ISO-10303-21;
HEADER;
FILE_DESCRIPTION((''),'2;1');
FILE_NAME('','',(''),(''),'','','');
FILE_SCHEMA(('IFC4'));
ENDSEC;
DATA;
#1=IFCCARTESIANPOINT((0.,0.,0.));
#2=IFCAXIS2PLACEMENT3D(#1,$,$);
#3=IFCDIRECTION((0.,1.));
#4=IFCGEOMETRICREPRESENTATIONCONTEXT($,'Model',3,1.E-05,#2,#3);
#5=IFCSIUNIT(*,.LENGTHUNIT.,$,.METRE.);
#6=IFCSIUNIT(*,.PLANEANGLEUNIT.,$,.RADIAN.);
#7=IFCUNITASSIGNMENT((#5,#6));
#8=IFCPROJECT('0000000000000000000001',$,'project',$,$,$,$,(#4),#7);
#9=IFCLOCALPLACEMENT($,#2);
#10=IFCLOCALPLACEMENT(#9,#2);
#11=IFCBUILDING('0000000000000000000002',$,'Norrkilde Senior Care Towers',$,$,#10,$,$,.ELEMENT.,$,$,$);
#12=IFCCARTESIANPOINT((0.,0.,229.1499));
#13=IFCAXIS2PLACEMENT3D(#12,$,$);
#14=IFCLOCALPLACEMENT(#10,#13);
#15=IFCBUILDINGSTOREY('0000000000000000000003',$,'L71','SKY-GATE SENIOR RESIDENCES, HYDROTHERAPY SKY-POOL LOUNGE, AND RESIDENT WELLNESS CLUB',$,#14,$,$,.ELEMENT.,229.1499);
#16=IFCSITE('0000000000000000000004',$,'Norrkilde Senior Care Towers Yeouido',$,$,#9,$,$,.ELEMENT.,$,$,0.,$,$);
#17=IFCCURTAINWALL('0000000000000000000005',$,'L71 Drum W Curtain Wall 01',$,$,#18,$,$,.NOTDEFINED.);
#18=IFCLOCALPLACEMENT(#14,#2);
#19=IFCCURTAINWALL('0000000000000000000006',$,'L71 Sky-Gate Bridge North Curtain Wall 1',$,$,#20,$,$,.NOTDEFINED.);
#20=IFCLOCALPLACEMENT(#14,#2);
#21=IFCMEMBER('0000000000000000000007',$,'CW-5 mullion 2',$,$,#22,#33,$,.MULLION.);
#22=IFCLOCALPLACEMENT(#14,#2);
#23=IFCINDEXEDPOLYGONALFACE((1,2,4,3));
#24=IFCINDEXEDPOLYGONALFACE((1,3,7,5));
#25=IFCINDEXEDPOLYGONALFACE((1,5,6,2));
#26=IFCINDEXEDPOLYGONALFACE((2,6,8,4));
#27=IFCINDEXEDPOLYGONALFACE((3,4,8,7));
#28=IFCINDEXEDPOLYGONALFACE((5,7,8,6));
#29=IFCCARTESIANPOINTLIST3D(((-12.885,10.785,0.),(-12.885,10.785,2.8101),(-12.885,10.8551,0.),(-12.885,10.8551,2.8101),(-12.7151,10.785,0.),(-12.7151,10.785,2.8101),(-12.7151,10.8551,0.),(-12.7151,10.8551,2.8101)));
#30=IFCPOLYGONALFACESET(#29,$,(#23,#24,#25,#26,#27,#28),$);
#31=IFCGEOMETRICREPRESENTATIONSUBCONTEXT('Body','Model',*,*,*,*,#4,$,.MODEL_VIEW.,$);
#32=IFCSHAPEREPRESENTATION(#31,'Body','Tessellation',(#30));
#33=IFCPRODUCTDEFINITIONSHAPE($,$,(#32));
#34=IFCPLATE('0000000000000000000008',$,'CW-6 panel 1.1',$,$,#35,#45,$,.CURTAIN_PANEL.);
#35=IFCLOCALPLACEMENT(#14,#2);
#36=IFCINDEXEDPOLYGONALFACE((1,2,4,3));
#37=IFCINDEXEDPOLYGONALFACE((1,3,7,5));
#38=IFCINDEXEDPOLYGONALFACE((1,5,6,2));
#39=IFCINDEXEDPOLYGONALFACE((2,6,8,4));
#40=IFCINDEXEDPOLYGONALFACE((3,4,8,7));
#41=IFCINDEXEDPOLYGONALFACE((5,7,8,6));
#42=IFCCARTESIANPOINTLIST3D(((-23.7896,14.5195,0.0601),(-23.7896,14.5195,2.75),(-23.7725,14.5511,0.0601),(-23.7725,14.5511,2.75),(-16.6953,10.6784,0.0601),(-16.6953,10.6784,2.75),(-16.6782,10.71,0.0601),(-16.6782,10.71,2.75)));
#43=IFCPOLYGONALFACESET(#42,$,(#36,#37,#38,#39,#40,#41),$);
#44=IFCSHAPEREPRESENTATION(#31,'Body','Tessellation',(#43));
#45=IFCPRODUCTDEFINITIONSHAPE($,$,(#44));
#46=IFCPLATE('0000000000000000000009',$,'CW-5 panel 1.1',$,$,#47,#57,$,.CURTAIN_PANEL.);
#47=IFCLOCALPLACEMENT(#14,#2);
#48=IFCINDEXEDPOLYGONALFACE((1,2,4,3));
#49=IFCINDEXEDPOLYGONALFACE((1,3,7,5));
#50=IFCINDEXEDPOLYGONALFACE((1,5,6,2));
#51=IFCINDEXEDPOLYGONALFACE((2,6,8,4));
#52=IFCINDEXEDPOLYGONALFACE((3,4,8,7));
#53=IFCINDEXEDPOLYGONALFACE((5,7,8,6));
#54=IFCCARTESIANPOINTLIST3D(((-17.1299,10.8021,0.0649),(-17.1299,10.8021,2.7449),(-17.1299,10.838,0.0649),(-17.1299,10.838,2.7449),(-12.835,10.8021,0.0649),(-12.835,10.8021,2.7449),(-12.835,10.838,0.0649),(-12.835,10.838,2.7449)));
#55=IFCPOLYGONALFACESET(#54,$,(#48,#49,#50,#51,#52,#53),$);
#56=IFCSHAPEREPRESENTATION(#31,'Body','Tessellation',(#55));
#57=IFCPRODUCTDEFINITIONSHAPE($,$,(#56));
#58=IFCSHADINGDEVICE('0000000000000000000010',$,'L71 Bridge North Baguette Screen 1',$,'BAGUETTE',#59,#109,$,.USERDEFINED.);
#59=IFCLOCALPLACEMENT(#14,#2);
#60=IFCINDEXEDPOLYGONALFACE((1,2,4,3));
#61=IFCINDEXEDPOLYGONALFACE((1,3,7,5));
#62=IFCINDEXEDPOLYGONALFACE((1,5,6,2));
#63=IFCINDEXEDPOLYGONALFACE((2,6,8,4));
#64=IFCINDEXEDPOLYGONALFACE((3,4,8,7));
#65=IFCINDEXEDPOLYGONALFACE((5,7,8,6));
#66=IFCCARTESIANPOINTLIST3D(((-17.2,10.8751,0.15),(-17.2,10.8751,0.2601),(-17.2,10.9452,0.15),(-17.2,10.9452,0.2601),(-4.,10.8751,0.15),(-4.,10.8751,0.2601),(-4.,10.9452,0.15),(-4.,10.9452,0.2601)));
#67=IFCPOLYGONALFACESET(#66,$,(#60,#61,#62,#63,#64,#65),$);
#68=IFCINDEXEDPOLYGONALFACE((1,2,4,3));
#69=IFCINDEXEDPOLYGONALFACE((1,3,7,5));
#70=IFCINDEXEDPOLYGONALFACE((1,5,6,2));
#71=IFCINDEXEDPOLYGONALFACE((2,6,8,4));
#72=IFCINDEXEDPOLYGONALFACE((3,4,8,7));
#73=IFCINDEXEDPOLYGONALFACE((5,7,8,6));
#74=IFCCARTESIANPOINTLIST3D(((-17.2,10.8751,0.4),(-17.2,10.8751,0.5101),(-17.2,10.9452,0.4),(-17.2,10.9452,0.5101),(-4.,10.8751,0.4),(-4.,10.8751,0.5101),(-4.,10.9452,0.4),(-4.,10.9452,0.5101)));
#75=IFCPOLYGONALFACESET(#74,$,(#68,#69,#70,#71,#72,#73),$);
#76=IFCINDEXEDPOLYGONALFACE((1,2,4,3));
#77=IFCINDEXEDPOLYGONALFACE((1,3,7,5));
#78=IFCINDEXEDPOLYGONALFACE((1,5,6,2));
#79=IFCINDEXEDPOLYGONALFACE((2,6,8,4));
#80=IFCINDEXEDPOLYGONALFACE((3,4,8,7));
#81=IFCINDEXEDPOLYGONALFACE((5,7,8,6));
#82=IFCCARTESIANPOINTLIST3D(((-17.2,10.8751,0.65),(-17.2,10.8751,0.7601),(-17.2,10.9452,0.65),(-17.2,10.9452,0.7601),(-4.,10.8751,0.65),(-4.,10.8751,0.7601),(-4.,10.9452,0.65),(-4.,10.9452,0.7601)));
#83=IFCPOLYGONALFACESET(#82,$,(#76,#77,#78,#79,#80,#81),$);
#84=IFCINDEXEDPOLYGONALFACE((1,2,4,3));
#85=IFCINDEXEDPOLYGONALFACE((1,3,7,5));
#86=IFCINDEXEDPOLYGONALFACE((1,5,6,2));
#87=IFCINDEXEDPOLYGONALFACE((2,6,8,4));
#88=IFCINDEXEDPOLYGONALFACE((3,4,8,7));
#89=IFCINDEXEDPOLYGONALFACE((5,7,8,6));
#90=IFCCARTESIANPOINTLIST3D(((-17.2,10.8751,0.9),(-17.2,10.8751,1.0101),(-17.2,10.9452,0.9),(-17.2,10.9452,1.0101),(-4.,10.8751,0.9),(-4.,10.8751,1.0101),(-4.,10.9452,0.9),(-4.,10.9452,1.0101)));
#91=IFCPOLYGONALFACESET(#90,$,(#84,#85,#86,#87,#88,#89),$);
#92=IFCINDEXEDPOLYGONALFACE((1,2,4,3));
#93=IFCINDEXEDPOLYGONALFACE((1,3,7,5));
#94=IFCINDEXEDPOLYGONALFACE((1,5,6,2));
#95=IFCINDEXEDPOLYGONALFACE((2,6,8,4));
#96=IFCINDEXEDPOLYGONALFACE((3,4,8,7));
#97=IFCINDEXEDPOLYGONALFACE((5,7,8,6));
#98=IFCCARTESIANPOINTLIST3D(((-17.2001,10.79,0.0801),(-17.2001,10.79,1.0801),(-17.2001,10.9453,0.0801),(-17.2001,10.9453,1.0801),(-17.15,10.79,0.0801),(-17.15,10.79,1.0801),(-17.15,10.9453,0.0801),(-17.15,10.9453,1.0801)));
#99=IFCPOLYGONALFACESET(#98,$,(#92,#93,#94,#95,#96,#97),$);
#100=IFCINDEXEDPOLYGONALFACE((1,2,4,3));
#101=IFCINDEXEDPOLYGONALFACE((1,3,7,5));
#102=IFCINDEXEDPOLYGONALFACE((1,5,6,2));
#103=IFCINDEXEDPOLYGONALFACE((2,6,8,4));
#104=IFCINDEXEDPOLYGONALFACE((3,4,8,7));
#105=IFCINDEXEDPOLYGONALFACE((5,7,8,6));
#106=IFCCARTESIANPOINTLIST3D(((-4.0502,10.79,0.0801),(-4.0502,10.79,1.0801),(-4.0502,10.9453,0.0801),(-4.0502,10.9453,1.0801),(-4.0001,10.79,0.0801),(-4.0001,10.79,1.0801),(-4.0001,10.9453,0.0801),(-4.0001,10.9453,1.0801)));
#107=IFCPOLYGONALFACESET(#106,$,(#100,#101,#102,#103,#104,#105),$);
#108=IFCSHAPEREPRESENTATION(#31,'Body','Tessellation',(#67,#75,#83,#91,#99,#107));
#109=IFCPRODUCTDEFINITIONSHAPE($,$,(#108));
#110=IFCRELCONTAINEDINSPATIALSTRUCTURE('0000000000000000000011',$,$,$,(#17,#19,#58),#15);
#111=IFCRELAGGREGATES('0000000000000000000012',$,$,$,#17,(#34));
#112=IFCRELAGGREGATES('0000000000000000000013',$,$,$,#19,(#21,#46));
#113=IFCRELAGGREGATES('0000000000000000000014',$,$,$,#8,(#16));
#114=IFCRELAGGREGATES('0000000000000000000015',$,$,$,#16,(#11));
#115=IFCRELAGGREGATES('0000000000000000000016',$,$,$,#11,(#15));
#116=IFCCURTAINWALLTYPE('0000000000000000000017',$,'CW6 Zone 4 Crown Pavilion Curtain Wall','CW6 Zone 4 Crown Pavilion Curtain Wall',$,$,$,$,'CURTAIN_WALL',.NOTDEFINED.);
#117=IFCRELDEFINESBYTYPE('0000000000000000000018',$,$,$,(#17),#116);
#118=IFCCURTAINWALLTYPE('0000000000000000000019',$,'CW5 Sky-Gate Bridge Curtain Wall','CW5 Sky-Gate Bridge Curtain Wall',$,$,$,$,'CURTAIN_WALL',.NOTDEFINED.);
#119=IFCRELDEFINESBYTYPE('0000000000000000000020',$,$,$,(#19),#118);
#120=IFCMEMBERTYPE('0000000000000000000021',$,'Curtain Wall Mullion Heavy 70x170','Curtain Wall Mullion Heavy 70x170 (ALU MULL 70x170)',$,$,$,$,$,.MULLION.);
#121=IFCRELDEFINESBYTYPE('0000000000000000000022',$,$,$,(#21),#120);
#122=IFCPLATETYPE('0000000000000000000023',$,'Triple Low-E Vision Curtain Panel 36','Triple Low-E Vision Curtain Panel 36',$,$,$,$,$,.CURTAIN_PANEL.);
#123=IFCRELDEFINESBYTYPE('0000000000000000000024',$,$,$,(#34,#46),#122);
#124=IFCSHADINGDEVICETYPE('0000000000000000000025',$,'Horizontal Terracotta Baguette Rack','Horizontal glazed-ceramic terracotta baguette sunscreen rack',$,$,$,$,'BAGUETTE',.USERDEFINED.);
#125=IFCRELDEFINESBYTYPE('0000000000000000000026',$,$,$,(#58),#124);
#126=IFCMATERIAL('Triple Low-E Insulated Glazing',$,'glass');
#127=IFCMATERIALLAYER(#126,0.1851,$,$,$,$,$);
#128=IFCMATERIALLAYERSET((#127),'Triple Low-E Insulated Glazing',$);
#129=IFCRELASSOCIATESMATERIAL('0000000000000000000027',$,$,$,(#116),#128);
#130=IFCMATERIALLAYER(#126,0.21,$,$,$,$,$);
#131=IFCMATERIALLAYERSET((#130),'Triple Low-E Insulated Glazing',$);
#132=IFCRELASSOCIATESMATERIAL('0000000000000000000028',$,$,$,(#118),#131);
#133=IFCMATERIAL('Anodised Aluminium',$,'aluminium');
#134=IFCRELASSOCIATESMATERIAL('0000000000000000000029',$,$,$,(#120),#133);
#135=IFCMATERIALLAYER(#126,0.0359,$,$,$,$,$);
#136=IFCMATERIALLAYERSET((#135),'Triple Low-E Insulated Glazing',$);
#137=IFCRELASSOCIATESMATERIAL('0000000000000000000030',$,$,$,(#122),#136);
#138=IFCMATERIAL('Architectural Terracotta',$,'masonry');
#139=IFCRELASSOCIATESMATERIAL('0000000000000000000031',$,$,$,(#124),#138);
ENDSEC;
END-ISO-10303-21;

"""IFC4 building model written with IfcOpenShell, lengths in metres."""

from ifc_helpers import new_model, si_unit, direction, frame, origin, origin_2d, place, context, subcontext, project, spatial, rectangle, extrude, source, transform, mapped, material, layer, layer_set, material_profile, profile_set, type_object, type_shapes, element, aggregate, save


model = new_model("IFC4")

# Units and contexts
model_context = context("Model", 3, precision=1e-05, world=origin(), true_north=direction((0.0, 1.0)))
body_context = subcontext(model_context, "Body", "Model", "MODEL_VIEW")
ifc_project = project(units=[si_unit("LENGTHUNIT", "METRE"), si_unit("PLANEANGLEUNIT", "RADIAN")], contexts=[model_context])

# Site, building, storey
site_placement = place(None, origin())
site = spatial("IfcSite", under=ifc_project, at=site_placement, Name="Norrkilde Senior Care Towers Yeouido", CompositionType="ELEMENT", RefElevation=0.0)
building_placement = place(site_placement, origin())
building = spatial("IfcBuilding", under=site, at=building_placement, Name="Norrkilde Senior Care Towers", CompositionType="ELEMENT")
storey_placement = place(building_placement, frame((0.0, 0.0, 229.1499)))
storey = spatial("IfcBuildingStorey", under=building, at=storey_placement, Name="L71", Description="SKY-GATE SENIOR RESIDENCES, HYDROTHERAPY SKY-POOL LOUNGE, AND RESIDENT WELLNESS CLUB", CompositionType="ELEMENT", Elevation=229.1499)

# Curtain walls, member
ifc_material_1 = material(Name="Triple Low-E Insulated Glazing", Category="glass")
ifc_layer_1 = layer(ifc_material_1, 0.1851)
ifc_layer_set_1 = layer_set([ifc_layer_1], Name="Triple Low-E Insulated Glazing")
curtain_wall_type_1 = type_object("IfcCurtainWallType", Name="CW6 Zone 4 Crown Pavilion Curtain Wall", Description="CW6 Zone 4 Crown Pavilion Curtain Wall", ElementType="CURTAIN_WALL", PredefinedType="NOTDEFINED", material=ifc_layer_set_1)
curtain_wall_1_placement = place(storey_placement, origin())
curtain_wall_1 = element("IfcCurtainWall", 1, at=curtain_wall_1_placement, inside=storey, type_object=curtain_wall_type_1, Name="L71 Drum W Curtain Wall 01", PredefinedType="NOTDEFINED")
ifc_material_2 = material(Name="Anodised Aluminium", Category="aluminium")
ifc_layer_2 = layer(ifc_material_1, 0.21)
ifc_layer_set_2 = layer_set([ifc_layer_2], Name="Triple Low-E Insulated Glazing")
curtain_wall_type_2 = type_object("IfcCurtainWallType", Name="CW5 Sky-Gate Bridge Curtain Wall", Description="CW5 Sky-Gate Bridge Curtain Wall", ElementType="CURTAIN_WALL", PredefinedType="NOTDEFINED", material=ifc_layer_set_2)
curtain_wall_2_placement = place(storey_placement, origin())
curtain_wall_2 = element("IfcCurtainWall", 2, at=curtain_wall_2_placement, inside=storey, type_object=curtain_wall_type_2, Name="L71 Sky-Gate Bridge North Curtain Wall 1", PredefinedType="NOTDEFINED")
ifc_material_profile_1 = material_profile(ifc_material_2, rectangle(XDim=0.0701, YDim=0.1699, at=origin_2d()), Name="ALU MULL 70x170")
ifc_profile_set_1 = profile_set([ifc_material_profile_1], Name="Anodised Aluminium")
member_type_1 = type_object("IfcMemberType", Name="Curtain Wall Mullion Heavy 70x170", Description="Curtain Wall Mullion Heavy 70x170 (ALU MULL 70x170)", PredefinedType="MULLION", material=ifc_profile_set_1)
shared_shape_1 = source(origin(), body_context, "Body", "SweptSolid", [
    extrude(rectangle(XDim=0.0701, YDim=0.1699, at=origin_2d()), origin(), (0.0, 0.0, 1.0), 2.8101),
])
type_shapes(member_type_1, [shared_shape_1])
member_1_placement = place(storey_placement, frame((-12.8, 10.8201, 0.0), z_axis=(0.0, 0.0, 1.0), x_axis=(0.0, 1.0, 0.0)))
member_1 = element("IfcMember", 3, at=member_1_placement, type_object=member_type_1, Name="CW-5 mullion 2", PredefinedType="MULLION", context=body_context, shape_type="MappedRepresentation", body=[
    mapped(shared_shape_1, transform((0.0, 0.0, 0.0), x_axis=(1.0, 0.0, 0.0), y_axis=(0.0, 1.0, 0.0), z_axis=(0.0, 0.0, 1.0), scale=1.0)),
])

# Plates
ifc_layer_3 = layer(ifc_material_1, 0.0359)
ifc_layer_set_3 = layer_set([ifc_layer_3], Name="Triple Low-E Insulated Glazing")
plate_type = type_object("IfcPlateType", Name="Triple Low-E Vision Curtain Panel 36", Description="Triple Low-E Vision Curtain Panel 36", PredefinedType="CURTAIN_PANEL", material=ifc_layer_set_3)
shared_shape_2 = source(origin(), body_context, "Body", "SweptSolid", [
    extrude(rectangle(XDim=8.0674, YDim=0.0359, at=origin_2d()), origin(), (0.0, 0.0, 1.0), 2.6899),
])
plate_1_placement = place(storey_placement, frame((-20.2339, 12.6147, 0.0601), z_axis=(0.0, 0.0, 1.0), x_axis=(0.879373, -0.476133, 0.0)))
plate_1 = element("IfcPlate", 4, at=plate_1_placement, type_object=plate_type, Name="CW-6 panel 1.1", PredefinedType="CURTAIN_PANEL", context=body_context, shape_type="MappedRepresentation", body=[
    mapped(shared_shape_2, transform((0.0, 0.0, 0.0), x_axis=(1.0, 0.0, 0.0), y_axis=(0.0, 1.0, 0.0), z_axis=(0.0, 0.0, 1.0), scale=1.0)),
])
aggregate(curtain_wall_1, [plate_1])
shared_shape_3 = source(origin(), body_context, "Body", "SweptSolid", [
    extrude(rectangle(XDim=4.2949, YDim=0.0359, at=origin_2d()), origin(), (0.0, 0.0, 1.0), 2.6799),
])
type_shapes(plate_type, [shared_shape_2, shared_shape_3])
plate_2_placement = place(storey_placement, frame((-14.9824, 10.8201, 0.0649), z_axis=(0.0, 0.0, 1.0), x_axis=(1.0, 0.0, 0.0)))
plate_2 = element("IfcPlate", 5, at=plate_2_placement, type_object=plate_type, Name="CW-5 panel 1.1", PredefinedType="CURTAIN_PANEL", context=body_context, shape_type="MappedRepresentation", body=[
    mapped(shared_shape_3, transform((0.0, 0.0, 0.0), x_axis=(1.0, 0.0, 0.0), y_axis=(0.0, 1.0, 0.0), z_axis=(0.0, 0.0, 1.0), scale=1.0)),
])
aggregate(curtain_wall_2, [member_1, plate_2])

# Shading device
ifc_material_3 = material(Name="Architectural Terracotta", Category="masonry")
shading_device_type = type_object("IfcShadingDeviceType", Name="Horizontal Terracotta Baguette Rack", Description="Horizontal glazed-ceramic terracotta baguette sunscreen rack", ElementType="BAGUETTE", PredefinedType="USERDEFINED", material=ifc_material_3)
shared_shape_4 = source(origin(), body_context, "Body", "SweptSolid", [
    extrude(rectangle(XDim=0.0701, YDim=0.1101, at=origin_2d()), frame((0.0, 0.0901, 0.125), z_axis=(1.0, 0.0, 0.0), x_axis=(0.0, 1.0, 0.0)), (0.0, 0.0, 1.0), 13.2),
    extrude(rectangle(XDim=0.0701, YDim=0.1101, at=origin_2d()), frame((0.0, 0.0901, 0.375), z_axis=(1.0, 0.0, 0.0), x_axis=(0.0, 1.0, 0.0)), (0.0, 0.0, 1.0), 13.2),
    extrude(rectangle(XDim=0.0701, YDim=0.1101, at=origin_2d()), frame((0.0, 0.0901, 0.625), z_axis=(1.0, 0.0, 0.0), x_axis=(0.0, 1.0, 0.0)), (0.0, 0.0, 1.0), 13.2),
    extrude(rectangle(XDim=0.0701, YDim=0.1101, at=origin_2d()), frame((0.0, 0.0901, 0.875), z_axis=(1.0, 0.0, 0.0), x_axis=(0.0, 1.0, 0.0)), (0.0, 0.0, 1.0), 13.2),
    extrude(rectangle(XDim=0.05, YDim=0.1553, at=origin_2d()), frame((0.0249, 0.0476, 0.0)), (0.0, 0.0, 1.0), 1.0),
    extrude(rectangle(XDim=0.05, YDim=0.1553, at=origin_2d()), frame((13.1748, 0.0476, 0.0)), (0.0, 0.0, 1.0), 1.0),
])
type_shapes(shading_device_type, [shared_shape_4])
shading_device_placement = place(storey_placement, frame((-17.2, 10.8201, 0.0801), z_axis=(0.0, 0.0, 1.0), x_axis=(1.0, 0.0, 0.0)))
element("IfcShadingDevice", 6, at=shading_device_placement, inside=storey, type_object=shading_device_type, Name="L71 Bridge North Baguette Screen 1", ObjectType="BAGUETTE", PredefinedType="USERDEFINED", context=body_context, shape_type="MappedRepresentation", body=[
    mapped(shared_shape_4, transform((0.0, 0.0, 0.0), x_axis=(1.0, 0.0, 0.0), y_axis=(0.0, 1.0, 0.0), z_axis=(0.0, 0.0, 1.0), scale=1.0)),
])

save(model, "model.ifc")
